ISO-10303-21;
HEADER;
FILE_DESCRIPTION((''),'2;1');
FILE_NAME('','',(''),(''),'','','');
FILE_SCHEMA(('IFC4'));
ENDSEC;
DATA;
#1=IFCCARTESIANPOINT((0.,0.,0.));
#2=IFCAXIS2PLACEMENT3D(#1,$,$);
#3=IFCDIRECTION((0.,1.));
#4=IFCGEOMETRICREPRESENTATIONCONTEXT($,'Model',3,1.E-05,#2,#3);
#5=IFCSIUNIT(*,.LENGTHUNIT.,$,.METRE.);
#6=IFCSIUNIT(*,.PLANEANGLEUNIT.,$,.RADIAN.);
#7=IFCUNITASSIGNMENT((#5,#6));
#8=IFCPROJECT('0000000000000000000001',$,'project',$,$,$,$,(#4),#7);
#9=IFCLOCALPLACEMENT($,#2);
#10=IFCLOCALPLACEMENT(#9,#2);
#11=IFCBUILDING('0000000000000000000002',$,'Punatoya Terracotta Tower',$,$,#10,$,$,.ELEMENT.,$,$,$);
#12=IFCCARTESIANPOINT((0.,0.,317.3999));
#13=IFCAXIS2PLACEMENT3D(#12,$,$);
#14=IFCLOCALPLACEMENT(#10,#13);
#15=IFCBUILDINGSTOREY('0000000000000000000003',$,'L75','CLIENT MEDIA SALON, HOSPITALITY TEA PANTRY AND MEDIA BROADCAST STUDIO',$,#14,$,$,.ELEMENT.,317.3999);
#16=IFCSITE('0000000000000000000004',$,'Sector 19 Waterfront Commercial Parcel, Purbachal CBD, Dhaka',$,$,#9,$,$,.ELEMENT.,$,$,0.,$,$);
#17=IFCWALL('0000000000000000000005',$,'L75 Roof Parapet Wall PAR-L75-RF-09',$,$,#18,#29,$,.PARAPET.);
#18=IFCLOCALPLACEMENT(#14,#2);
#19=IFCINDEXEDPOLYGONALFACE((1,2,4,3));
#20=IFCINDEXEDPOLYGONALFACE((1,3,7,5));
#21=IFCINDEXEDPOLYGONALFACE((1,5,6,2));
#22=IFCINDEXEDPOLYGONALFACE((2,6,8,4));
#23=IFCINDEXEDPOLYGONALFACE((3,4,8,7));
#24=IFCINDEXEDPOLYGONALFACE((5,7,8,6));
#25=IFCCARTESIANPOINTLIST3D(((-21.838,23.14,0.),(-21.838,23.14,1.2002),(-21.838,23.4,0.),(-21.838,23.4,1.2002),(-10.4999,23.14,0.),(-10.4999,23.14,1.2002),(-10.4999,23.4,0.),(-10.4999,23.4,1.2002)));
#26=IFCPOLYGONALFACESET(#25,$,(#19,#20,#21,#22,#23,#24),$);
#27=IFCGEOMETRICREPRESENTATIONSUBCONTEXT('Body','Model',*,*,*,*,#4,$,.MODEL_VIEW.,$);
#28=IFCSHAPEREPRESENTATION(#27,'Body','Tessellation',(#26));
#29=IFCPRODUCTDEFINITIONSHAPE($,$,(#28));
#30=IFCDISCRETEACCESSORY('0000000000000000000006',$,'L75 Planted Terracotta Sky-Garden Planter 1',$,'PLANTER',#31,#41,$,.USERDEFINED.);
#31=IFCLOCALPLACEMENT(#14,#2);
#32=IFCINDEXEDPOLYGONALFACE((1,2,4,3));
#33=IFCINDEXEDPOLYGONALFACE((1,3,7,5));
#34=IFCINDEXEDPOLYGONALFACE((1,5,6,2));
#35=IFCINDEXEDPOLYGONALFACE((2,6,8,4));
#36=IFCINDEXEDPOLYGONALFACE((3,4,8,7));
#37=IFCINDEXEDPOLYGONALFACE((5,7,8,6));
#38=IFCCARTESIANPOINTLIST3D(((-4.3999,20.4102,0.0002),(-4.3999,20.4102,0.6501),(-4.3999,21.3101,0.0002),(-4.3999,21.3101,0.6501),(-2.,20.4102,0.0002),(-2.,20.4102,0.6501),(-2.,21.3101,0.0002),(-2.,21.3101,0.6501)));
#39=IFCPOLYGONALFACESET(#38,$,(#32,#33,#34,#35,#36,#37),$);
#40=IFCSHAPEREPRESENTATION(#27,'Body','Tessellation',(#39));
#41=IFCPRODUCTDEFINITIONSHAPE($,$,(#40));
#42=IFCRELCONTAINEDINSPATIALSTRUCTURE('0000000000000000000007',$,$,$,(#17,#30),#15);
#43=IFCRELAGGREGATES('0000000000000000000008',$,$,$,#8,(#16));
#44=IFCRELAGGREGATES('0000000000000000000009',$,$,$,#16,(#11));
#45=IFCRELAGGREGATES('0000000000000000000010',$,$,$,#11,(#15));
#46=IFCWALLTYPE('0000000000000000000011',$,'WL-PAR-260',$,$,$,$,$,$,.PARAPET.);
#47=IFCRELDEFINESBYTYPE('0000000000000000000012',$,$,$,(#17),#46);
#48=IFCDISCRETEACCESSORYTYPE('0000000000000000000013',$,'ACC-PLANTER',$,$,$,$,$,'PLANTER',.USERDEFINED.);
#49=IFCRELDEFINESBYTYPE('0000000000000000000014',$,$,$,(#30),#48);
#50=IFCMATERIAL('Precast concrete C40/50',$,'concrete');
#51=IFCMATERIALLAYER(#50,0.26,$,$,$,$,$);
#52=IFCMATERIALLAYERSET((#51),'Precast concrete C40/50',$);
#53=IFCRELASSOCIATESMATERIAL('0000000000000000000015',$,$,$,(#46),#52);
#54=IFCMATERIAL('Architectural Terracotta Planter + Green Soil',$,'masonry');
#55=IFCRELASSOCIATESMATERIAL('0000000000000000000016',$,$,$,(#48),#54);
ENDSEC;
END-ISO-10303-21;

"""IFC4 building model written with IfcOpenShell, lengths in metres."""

from ifc_helpers import new_model, si_unit, direction, frame, frame_2d, origin, origin_2d, place, context, subcontext, project, spatial, rectangle, extrude, material, layer, layer_set, type_object, element, save


model = new_model("IFC4")

# Units and contexts
model_context = context("Model", 3, precision=1e-05, world=origin(), true_north=direction((0.0, 1.0)))
body_context = subcontext(model_context, "Body", "Model", "MODEL_VIEW")
ifc_project = project(units=[si_unit("LENGTHUNIT", "METRE"), si_unit("PLANEANGLEUNIT", "RADIAN")], contexts=[model_context])

# Site, building, storey
site_placement = place(None, origin())
site = spatial("IfcSite", under=ifc_project, at=site_placement, Name="Sector 19 Waterfront Commercial Parcel, Purbachal CBD, Dhaka", CompositionType="ELEMENT", RefElevation=0.0)
building_placement = place(site_placement, origin())
building = spatial("IfcBuilding", under=site, at=building_placement, Name="Punatoya Terracotta Tower", CompositionType="ELEMENT")
storey_placement = place(building_placement, frame((0.0, 0.0, 317.3999)))
storey = spatial("IfcBuildingStorey", under=building, at=storey_placement, Name="L75", Description="CLIENT MEDIA SALON, HOSPITALITY TEA PANTRY AND MEDIA BROADCAST STUDIO", CompositionType="ELEMENT", Elevation=317.3999)

# Wall
ifc_material_1 = material(Name="Precast concrete C40/50", Category="concrete")
ifc_layer_1 = layer(ifc_material_1, 0.26)
ifc_layer_set_1 = layer_set([ifc_layer_1], Name="Precast concrete C40/50")
wall_type_1 = type_object("IfcWallType", Name="WL-PAR-260", PredefinedType="PARAPET", material=ifc_layer_set_1)
wall_1_placement = place(storey_placement, frame((-10.5, 23.27, 0.0), z_axis=(0.0, 0.0, 1.0), x_axis=(-1.0, 0.0, 0.0)))
element("IfcWall", 1, at=wall_1_placement, inside=storey, type_object=wall_type_1, Name="L75 Roof Parapet Wall PAR-L75-RF-09", PredefinedType="PARAPET", context=body_context, shape_type="SweptSolid", body=[
    extrude(rectangle(XDim=11.3381, YDim=0.26, at=frame_2d((5.6689, 0.0))), origin(), (0.0, 0.0, 1.0), 1.2002),
])

# Discrete accessory
ifc_material_2 = material(Name="Architectural Terracotta Planter + Green Soil", Category="masonry")
discrete_accessory_type = type_object("IfcDiscreteAccessoryType", Name="ACC-PLANTER", ElementType="PLANTER", PredefinedType="USERDEFINED", material=ifc_material_2)
discrete_accessory_placement = place(storey_placement, frame((-3.2, 20.8601, 0.0002), z_axis=(0.0, 0.0, 1.0), x_axis=(1.0, 0.0, 0.0)))
element("IfcDiscreteAccessory", 2, at=discrete_accessory_placement, inside=storey, type_object=discrete_accessory_type, Name="L75 Planted Terracotta Sky-Garden Planter 1", ObjectType="PLANTER", PredefinedType="USERDEFINED", context=body_context, shape_type="SweptSolid", body=[
    extrude(rectangle(XDim=2.3999, YDim=0.8999, at=origin_2d()), origin(), (0.0, 0.0, 1.0), 0.6499),
])

save(model, "model.ifc")
